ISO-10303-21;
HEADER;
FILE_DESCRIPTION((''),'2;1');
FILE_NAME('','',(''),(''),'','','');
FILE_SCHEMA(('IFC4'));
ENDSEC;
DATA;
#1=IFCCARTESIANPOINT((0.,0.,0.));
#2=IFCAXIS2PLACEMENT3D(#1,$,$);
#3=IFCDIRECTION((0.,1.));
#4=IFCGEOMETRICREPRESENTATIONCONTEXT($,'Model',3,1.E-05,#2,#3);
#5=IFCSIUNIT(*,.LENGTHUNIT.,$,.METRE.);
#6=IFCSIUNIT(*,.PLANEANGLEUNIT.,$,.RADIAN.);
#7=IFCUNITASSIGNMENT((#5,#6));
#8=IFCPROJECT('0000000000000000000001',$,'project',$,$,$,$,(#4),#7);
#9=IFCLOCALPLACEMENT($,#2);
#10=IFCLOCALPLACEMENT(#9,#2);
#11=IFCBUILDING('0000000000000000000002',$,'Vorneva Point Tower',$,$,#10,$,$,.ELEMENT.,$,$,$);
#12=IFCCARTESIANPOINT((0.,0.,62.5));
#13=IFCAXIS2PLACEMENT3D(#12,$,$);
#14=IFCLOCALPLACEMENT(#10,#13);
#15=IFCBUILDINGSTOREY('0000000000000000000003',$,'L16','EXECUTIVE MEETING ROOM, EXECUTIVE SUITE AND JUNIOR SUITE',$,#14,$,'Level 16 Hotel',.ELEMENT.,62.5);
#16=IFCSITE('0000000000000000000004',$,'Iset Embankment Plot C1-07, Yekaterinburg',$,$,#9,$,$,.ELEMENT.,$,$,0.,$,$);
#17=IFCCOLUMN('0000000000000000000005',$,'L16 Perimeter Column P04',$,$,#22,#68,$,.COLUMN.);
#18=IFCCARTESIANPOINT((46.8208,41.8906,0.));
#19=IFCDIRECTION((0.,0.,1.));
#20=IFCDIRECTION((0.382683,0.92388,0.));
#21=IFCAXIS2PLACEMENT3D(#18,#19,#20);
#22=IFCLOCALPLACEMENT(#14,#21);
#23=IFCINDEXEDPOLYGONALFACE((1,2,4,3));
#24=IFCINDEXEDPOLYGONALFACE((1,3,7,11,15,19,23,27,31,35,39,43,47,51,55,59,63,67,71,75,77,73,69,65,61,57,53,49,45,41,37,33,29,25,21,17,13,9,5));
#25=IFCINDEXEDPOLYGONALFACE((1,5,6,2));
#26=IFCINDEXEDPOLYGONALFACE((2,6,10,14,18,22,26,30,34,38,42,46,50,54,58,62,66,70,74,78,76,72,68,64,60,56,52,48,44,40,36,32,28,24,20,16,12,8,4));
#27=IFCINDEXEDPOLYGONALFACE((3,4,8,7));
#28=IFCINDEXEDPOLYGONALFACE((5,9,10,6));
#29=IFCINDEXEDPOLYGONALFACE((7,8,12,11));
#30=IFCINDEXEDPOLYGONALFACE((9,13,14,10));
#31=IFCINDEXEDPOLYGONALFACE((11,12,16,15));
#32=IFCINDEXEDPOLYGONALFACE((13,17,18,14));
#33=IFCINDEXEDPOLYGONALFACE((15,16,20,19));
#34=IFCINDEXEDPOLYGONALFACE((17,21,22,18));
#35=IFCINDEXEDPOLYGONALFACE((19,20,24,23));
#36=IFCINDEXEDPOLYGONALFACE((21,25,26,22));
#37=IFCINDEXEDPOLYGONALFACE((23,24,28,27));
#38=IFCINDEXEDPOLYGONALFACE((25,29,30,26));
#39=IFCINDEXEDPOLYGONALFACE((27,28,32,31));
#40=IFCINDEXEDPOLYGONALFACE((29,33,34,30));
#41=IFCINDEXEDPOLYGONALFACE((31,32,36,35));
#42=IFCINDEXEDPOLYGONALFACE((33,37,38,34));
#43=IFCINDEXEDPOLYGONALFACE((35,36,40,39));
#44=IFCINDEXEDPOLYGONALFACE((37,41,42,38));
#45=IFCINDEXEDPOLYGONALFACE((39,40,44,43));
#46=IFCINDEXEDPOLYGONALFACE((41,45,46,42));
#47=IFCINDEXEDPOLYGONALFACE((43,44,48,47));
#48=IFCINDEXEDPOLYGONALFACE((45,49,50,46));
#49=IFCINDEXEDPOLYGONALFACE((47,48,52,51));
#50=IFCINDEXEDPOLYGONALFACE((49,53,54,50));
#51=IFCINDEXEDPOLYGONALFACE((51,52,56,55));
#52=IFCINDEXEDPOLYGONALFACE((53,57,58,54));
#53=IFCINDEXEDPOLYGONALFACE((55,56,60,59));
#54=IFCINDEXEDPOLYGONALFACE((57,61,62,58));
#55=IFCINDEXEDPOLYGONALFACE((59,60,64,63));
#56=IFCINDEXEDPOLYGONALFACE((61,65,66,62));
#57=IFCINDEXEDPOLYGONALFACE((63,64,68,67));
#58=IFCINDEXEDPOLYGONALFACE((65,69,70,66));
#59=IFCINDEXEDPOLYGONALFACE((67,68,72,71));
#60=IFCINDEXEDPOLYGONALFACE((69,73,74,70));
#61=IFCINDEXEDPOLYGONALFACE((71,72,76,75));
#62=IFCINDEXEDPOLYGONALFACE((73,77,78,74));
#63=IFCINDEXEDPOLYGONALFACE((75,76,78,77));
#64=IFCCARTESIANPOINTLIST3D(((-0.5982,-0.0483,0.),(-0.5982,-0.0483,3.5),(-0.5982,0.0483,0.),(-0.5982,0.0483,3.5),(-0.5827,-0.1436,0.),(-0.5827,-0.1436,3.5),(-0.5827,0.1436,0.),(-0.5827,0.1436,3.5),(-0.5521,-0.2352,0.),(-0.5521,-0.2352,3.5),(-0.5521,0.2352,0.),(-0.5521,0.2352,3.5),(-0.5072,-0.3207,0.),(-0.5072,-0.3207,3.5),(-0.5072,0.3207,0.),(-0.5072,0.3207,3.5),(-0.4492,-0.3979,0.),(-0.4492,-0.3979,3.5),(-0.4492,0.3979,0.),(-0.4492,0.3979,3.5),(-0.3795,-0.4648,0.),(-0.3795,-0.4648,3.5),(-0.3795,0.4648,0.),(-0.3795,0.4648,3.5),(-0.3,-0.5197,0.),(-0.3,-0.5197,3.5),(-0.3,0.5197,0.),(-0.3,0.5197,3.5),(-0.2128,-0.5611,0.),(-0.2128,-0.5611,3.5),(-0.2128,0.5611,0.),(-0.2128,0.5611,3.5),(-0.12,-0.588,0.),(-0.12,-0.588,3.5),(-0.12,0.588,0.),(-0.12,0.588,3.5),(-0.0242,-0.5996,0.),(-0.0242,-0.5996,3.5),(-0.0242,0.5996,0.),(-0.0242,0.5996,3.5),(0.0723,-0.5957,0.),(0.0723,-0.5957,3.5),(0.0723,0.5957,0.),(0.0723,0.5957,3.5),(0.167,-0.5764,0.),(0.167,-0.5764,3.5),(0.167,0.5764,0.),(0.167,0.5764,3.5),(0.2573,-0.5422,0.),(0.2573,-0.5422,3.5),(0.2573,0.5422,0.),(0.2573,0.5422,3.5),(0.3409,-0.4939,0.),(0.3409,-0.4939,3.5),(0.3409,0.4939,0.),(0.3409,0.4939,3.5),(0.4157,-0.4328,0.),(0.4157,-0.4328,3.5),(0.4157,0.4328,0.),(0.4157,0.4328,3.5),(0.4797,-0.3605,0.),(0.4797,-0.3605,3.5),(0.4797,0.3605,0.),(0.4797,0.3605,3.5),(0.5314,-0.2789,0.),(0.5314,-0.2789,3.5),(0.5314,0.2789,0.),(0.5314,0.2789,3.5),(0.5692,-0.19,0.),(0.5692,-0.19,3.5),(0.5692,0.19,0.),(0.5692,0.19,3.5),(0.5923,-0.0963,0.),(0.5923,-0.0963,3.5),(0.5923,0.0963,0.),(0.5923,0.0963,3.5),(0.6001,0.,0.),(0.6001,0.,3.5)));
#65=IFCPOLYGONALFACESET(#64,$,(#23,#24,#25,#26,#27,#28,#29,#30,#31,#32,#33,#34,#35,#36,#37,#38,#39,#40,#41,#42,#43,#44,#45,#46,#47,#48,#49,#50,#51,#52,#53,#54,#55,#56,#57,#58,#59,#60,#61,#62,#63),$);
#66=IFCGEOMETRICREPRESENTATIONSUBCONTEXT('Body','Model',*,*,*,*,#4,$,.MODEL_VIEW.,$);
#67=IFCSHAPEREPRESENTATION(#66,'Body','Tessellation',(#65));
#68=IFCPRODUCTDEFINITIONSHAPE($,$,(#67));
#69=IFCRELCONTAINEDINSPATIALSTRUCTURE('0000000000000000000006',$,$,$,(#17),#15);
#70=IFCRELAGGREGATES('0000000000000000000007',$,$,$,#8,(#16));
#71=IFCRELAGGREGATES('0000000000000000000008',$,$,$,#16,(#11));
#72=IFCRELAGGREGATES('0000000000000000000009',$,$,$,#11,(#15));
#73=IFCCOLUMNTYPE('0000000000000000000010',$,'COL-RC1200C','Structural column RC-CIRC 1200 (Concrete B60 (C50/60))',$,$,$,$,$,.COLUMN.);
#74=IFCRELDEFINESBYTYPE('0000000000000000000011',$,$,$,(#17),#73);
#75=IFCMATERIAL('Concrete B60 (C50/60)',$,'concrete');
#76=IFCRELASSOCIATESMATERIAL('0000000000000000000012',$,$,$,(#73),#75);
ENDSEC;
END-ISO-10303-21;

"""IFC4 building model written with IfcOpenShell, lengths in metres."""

from ifc_helpers import new_model, si_unit, direction, frame, origin, origin_2d, place, context, subcontext, project, spatial, circle, extrude, material, material_profile, profile_set, type_object, element, save


model = new_model("IFC4")

# Units and contexts
model_context = context("Model", 3, precision=1e-05, world=origin(), true_north=direction((0.0, 1.0)))
body_context = subcontext(model_context, "Body", "Model", "MODEL_VIEW")
ifc_project = project(units=[si_unit("LENGTHUNIT", "METRE"), si_unit("PLANEANGLEUNIT", "RADIAN")], contexts=[model_context])

# Site, building, storey
site_placement = place(None, origin())
site = spatial("IfcSite", under=ifc_project, at=site_placement, Name="Iset Embankment Plot C1-07, Yekaterinburg", CompositionType="ELEMENT", RefElevation=0.0)
building_placement = place(site_placement, origin())
building = spatial("IfcBuilding", under=site, at=building_placement, Name="Vorneva Point Tower", CompositionType="ELEMENT")
storey_placement = place(building_placement, frame((0.0, 0.0, 62.5)))
storey = spatial("IfcBuildingStorey", under=building, at=storey_placement, Name="L16", Description="EXECUTIVE MEETING ROOM, EXECUTIVE SUITE AND JUNIOR SUITE", LongName="Level 16 Hotel", CompositionType="ELEMENT", Elevation=62.5)

# Column
ifc_material_1 = material(Name="Concrete B60 (C50/60)", Category="concrete")
ifc_material_profile_1 = material_profile(ifc_material_1, circle(Radius=0.6001, at=origin_2d()), Name="RC-CIRC 1200")
ifc_profile_set_1 = profile_set([ifc_material_profile_1], Name="Concrete B60 (C50/60)")
column_type_1 = type_object("IfcColumnType", Name="COL-RC1200C", Description="Structural column RC-CIRC 1200 (Concrete B60 (C50/60))", PredefinedType="COLUMN", material=ifc_profile_set_1)
column_placement = place(storey_placement, frame((46.8208, 41.8906, 0.0), z_axis=(0.0, 0.0, 1.0), x_axis=(0.382683, 0.92388, 0.0)))
element("IfcColumn", 1, at=column_placement, inside=storey, type_object=column_type_1, Name="L16 Perimeter Column P04", PredefinedType="COLUMN", context=body_context, shape_type="SweptSolid", body=[
    extrude(circle(Radius=0.6001, at=origin_2d()), origin(), (0.0, 0.0, 1.0), 3.5),
])

save(model, "model.ifc")
